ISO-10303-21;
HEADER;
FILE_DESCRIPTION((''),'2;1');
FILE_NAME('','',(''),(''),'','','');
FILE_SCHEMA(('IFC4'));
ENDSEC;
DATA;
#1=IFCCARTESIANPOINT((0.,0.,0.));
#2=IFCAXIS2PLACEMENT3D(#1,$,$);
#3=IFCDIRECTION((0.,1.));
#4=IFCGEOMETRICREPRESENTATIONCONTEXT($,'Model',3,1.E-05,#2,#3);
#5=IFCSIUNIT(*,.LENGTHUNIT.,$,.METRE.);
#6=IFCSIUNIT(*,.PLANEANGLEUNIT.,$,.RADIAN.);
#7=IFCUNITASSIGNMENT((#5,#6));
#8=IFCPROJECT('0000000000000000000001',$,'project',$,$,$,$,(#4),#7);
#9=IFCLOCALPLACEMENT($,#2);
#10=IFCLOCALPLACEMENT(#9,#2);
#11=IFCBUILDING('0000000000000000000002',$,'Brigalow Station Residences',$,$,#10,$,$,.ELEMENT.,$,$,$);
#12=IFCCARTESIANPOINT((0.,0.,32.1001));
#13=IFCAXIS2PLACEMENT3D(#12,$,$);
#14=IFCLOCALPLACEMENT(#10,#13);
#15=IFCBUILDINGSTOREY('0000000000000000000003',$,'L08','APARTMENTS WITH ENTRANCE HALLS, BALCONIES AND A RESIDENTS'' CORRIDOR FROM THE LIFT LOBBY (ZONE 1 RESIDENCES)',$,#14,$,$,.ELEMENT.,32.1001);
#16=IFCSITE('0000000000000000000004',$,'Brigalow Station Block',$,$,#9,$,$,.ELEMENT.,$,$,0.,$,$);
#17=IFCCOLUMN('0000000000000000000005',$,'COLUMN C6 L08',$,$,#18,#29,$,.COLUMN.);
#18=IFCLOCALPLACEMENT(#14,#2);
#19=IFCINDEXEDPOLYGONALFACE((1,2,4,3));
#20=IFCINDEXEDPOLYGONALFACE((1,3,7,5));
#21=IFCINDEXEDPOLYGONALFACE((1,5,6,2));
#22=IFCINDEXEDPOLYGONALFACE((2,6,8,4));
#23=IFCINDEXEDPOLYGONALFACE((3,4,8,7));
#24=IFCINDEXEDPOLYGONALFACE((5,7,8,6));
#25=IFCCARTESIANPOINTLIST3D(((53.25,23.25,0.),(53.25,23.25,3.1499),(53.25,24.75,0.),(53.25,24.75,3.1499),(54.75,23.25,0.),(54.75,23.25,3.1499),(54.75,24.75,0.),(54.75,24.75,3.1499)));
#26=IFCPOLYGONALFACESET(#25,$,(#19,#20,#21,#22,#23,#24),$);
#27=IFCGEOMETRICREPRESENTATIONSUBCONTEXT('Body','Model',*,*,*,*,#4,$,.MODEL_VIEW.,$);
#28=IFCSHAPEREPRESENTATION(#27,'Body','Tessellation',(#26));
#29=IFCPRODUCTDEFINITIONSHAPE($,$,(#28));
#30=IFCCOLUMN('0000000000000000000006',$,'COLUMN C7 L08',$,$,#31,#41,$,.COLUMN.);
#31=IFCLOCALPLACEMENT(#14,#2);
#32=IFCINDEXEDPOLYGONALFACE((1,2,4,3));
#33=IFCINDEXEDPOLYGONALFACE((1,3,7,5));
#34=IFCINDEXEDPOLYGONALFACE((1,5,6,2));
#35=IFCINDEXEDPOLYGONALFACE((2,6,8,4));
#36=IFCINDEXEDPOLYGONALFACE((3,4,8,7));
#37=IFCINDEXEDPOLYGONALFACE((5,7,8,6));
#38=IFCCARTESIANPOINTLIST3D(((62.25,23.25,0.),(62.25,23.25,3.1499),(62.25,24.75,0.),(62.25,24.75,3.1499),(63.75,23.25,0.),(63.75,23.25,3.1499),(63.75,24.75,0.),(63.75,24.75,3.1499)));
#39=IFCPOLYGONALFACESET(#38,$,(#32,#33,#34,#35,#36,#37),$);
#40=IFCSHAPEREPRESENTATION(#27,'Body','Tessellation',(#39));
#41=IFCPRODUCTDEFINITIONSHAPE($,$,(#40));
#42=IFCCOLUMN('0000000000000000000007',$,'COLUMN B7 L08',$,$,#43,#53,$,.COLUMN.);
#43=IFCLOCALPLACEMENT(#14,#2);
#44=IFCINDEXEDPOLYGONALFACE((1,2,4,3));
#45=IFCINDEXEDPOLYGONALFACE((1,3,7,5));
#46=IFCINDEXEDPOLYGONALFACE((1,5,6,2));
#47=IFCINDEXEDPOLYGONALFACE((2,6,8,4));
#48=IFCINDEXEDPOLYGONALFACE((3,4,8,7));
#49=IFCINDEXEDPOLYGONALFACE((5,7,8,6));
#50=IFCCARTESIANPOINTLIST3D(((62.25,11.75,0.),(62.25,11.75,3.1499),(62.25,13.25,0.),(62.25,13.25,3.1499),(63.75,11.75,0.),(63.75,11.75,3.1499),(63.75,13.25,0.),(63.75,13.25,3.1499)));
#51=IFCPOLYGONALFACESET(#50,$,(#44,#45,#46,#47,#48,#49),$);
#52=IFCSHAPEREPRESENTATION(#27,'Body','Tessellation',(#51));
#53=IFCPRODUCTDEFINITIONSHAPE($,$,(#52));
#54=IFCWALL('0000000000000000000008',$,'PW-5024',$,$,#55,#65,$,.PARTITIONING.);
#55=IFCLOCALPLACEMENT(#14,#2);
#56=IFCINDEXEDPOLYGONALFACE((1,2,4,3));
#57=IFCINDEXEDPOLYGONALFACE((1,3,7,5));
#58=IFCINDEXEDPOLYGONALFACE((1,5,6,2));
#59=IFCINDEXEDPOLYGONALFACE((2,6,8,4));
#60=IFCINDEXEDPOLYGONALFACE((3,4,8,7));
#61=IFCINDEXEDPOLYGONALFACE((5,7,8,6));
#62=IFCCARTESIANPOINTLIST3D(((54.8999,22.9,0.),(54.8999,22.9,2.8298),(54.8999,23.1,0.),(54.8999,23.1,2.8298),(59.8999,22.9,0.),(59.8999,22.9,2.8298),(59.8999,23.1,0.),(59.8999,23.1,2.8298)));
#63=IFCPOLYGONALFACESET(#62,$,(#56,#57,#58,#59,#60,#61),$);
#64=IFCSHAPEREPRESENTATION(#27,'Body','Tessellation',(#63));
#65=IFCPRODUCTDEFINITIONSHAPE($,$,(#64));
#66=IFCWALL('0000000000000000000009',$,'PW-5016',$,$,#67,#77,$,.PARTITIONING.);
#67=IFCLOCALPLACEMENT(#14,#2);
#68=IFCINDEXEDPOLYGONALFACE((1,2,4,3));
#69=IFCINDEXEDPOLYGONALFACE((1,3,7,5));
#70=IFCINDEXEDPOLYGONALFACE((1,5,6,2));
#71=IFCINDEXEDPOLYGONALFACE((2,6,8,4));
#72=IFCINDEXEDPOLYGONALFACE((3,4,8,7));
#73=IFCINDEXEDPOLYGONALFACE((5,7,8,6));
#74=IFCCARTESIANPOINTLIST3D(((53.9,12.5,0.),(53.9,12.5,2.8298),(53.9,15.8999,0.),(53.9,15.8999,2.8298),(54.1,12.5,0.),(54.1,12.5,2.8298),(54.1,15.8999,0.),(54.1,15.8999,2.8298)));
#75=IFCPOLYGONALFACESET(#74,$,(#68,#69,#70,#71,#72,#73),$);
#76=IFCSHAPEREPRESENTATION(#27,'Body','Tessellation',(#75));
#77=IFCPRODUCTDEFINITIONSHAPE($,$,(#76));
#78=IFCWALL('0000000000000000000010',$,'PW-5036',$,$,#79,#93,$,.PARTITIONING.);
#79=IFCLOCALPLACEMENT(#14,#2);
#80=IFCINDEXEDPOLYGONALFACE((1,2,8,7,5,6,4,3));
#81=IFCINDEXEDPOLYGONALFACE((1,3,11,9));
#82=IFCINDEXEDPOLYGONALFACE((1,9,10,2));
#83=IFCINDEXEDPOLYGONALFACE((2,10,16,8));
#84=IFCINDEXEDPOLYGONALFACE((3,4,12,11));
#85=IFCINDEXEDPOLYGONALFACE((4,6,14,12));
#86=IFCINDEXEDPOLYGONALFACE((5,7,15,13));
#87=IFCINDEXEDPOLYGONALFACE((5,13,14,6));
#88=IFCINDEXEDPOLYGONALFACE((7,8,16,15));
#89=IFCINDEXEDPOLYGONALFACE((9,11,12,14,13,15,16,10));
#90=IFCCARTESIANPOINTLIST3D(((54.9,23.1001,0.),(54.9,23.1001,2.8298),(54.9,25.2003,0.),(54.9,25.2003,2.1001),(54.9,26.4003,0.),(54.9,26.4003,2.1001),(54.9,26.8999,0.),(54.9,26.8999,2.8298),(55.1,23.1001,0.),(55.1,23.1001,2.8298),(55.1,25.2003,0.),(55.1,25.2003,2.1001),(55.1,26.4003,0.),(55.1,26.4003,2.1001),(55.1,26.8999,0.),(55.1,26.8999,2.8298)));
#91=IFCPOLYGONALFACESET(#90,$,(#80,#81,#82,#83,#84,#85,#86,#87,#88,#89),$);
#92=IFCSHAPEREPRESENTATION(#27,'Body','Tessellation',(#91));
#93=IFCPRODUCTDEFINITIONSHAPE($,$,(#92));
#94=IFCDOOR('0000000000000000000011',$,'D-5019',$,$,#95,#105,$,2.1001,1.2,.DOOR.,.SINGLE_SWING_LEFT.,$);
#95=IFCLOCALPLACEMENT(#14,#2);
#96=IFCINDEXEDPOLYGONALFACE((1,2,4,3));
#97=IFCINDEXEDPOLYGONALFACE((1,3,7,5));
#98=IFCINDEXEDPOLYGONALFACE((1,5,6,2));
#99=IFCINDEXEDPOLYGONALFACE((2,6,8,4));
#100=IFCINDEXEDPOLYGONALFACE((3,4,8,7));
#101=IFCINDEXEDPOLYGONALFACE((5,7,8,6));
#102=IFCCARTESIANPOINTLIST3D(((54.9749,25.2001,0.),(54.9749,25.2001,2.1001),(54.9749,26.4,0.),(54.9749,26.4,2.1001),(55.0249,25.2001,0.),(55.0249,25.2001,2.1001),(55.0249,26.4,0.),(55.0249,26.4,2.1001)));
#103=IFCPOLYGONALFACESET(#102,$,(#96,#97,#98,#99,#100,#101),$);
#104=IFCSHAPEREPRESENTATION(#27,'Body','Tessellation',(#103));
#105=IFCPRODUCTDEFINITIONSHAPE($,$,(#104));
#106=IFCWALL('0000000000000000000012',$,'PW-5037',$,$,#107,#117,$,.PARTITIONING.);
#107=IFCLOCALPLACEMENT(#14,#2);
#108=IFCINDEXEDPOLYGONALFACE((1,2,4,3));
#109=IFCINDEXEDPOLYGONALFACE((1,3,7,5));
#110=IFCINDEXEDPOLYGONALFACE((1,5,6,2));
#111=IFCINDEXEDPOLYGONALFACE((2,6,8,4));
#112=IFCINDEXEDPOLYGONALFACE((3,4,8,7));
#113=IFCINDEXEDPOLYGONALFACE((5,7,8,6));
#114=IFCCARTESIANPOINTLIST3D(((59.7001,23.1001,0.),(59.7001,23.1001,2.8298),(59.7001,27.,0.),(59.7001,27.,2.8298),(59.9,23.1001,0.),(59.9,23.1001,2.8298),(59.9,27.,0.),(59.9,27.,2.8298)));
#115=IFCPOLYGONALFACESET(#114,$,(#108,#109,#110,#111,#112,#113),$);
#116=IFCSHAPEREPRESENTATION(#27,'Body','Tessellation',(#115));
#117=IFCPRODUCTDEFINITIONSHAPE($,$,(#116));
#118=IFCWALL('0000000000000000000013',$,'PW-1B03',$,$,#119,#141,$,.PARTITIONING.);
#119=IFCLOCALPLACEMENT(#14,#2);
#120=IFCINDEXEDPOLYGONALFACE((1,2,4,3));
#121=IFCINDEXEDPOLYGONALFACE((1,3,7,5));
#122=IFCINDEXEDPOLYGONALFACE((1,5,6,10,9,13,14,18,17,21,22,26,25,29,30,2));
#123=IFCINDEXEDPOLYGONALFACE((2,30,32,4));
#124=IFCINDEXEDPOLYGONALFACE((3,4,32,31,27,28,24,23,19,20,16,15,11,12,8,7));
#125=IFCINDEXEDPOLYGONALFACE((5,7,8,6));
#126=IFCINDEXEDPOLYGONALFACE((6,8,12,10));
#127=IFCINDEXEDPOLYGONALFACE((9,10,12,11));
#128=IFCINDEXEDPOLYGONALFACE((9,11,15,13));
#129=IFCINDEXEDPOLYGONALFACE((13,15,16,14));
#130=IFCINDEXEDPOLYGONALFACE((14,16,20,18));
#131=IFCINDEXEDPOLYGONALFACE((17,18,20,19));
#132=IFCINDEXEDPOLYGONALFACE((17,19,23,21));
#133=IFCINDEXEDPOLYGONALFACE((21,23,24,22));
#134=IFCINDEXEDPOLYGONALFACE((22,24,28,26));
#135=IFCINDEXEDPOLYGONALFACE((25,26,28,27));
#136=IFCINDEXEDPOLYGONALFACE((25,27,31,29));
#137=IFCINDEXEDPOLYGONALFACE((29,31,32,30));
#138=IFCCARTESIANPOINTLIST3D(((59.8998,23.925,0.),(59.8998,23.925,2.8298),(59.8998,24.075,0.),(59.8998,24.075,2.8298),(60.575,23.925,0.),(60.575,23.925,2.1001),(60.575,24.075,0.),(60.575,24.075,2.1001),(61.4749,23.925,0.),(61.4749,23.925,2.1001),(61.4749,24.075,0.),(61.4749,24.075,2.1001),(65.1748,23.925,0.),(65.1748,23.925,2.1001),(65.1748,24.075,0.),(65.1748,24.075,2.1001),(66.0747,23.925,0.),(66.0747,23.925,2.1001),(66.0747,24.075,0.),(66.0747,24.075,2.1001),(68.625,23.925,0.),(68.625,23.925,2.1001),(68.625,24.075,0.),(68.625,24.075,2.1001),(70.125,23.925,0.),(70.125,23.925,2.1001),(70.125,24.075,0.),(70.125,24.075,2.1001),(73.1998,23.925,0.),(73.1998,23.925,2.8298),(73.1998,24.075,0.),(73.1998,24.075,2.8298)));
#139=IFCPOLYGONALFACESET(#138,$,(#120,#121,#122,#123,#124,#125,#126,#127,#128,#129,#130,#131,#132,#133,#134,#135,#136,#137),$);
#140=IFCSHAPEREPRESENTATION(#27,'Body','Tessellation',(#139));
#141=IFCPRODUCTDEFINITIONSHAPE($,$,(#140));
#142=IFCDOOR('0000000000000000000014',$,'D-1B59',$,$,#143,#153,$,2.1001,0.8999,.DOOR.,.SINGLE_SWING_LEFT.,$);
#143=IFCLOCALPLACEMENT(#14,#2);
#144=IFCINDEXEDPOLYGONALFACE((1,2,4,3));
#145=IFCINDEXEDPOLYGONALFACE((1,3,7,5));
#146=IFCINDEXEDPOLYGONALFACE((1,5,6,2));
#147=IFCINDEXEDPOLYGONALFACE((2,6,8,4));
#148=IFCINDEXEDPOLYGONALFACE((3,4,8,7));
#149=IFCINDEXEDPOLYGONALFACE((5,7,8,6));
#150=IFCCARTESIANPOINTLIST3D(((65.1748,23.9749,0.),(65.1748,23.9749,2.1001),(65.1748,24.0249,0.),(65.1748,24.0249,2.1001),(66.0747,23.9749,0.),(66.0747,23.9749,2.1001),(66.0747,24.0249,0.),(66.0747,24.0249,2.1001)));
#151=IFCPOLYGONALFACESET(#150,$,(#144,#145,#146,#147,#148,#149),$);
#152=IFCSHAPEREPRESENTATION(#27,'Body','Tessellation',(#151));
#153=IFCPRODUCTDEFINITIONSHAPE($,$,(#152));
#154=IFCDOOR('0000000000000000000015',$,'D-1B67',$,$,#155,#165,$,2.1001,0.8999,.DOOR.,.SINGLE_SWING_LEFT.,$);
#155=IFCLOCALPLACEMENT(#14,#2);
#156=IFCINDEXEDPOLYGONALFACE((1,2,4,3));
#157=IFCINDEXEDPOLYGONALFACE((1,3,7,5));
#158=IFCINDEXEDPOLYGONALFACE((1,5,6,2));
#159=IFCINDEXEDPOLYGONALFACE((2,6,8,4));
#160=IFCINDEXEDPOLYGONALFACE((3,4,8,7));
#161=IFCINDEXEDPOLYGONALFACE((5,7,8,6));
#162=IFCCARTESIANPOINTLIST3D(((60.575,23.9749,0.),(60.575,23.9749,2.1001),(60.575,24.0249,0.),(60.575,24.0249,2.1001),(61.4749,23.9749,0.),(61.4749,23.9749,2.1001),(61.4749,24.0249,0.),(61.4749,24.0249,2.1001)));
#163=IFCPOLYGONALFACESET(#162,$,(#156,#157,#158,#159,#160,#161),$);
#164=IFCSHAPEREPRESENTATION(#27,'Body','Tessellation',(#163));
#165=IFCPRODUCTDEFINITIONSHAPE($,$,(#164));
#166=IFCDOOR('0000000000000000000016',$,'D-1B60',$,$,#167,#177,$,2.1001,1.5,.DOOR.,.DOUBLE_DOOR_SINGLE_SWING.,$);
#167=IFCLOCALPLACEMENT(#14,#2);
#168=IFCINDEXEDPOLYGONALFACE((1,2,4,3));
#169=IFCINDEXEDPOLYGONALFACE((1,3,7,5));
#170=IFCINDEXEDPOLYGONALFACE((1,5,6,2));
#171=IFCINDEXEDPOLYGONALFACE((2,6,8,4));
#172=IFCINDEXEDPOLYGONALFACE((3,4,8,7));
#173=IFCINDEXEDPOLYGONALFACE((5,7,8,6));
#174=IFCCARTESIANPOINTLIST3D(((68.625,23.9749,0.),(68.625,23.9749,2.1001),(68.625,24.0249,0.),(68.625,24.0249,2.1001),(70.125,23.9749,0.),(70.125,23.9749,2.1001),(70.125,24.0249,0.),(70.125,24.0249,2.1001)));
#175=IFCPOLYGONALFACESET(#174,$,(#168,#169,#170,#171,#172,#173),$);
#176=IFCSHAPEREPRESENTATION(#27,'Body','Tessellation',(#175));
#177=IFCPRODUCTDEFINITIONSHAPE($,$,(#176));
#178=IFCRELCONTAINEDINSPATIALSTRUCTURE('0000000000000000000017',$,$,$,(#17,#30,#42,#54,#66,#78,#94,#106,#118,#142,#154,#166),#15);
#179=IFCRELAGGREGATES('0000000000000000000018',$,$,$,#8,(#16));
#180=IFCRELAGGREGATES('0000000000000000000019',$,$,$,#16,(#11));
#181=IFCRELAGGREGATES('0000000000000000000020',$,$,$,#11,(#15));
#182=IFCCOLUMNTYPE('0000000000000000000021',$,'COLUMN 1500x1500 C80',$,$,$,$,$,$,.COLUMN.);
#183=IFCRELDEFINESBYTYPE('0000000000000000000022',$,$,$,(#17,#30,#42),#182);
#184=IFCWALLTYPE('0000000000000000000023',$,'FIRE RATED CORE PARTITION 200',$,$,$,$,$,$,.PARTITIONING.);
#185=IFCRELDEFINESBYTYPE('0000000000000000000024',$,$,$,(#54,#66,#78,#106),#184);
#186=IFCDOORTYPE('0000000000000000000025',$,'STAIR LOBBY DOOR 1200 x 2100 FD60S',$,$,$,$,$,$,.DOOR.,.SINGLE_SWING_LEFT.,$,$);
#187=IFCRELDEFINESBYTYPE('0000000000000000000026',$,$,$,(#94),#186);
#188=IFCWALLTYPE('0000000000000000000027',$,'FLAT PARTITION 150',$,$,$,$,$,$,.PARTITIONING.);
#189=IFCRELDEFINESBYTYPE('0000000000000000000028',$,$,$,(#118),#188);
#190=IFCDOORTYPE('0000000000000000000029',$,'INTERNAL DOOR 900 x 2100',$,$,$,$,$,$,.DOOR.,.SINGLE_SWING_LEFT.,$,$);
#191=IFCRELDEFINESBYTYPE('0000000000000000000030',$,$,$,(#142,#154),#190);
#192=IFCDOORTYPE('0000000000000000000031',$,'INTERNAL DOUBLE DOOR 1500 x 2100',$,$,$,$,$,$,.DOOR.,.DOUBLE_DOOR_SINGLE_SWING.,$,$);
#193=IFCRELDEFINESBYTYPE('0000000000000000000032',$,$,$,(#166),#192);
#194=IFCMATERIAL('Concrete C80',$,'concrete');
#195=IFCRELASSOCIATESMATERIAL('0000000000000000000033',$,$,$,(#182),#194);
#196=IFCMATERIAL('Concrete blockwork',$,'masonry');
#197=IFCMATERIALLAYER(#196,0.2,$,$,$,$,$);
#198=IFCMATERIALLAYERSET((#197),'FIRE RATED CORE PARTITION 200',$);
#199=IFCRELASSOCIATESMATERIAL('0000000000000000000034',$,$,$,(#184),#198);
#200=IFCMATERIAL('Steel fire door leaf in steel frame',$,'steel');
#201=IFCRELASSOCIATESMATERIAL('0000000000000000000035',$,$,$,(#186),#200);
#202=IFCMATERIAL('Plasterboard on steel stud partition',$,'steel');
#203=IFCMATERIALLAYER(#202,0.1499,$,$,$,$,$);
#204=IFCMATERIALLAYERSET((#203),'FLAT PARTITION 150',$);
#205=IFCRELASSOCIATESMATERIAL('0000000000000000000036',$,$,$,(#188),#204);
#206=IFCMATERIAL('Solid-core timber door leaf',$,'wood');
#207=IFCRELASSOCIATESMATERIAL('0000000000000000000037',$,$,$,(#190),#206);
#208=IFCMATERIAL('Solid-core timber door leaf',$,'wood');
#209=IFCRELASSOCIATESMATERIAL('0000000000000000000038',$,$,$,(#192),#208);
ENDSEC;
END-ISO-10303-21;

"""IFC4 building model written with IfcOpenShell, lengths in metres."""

from ifc_helpers import new_model, si_unit, direction, frame, frame_2d, origin, origin_2d, place, context, subcontext, project, spatial, rectangle, extrude, material, layer, layer_set, material_profile, profile_set, type_object, element, fill, save


model = new_model("IFC4")

# Units and contexts
model_context = context("Model", 3, precision=1e-05, world=origin(), true_north=direction((0.0, 1.0)))
body_context = subcontext(model_context, "Body", "Model", "MODEL_VIEW")
ifc_project = project(units=[si_unit("LENGTHUNIT", "METRE"), si_unit("PLANEANGLEUNIT", "RADIAN")], contexts=[model_context])

# Site, building, storey
site_placement = place(None, origin())
site = spatial("IfcSite", under=ifc_project, at=site_placement, Name="Brigalow Station Block", CompositionType="ELEMENT", RefElevation=0.0)
building_placement = place(site_placement, origin())
building = spatial("IfcBuilding", under=site, at=building_placement, Name="Brigalow Station Residences", CompositionType="ELEMENT")
storey_placement = place(building_placement, frame((0.0, 0.0, 32.1001)))
storey = spatial("IfcBuildingStorey", under=building, at=storey_placement, Name="L08", Description="APARTMENTS WITH ENTRANCE HALLS, BALCONIES AND A RESIDENTS' CORRIDOR FROM THE LIFT LOBBY (ZONE 1 RESIDENCES)", CompositionType="ELEMENT", Elevation=32.1001)

# Columns
ifc_material_1 = material(Name="Concrete C80", Category="concrete")
ifc_material_profile = material_profile(ifc_material_1, rectangle(XDim=1.5, YDim=1.5, at=origin_2d()), Name="RC1500x1500")
ifc_profile_set = profile_set([ifc_material_profile], Name="Concrete C80")
column_type = type_object("IfcColumnType", Name="COLUMN 1500x1500 C80", PredefinedType="COLUMN", material=ifc_profile_set)
for number, where, z_axis, x_axis, name in (
    (1, (54.0, 24.0, 0.0), (0.0, 0.0, 1.0), (1.0, 0.0, 0.0), "COLUMN C6 L08"),
    (2, (63.0, 24.0, 0.0), (0.0, 0.0, 1.0), (1.0, 0.0, 0.0), "COLUMN C7 L08"),
    (3, (63.0, 12.5, 0.0), (0.0, 0.0, 1.0), (1.0, 0.0, 0.0), "COLUMN B7 L08"),
):
    element("IfcColumn", number, at=place(storey_placement, frame(where, z_axis=z_axis, x_axis=x_axis)), inside=storey, type_object=column_type, Name=name, PredefinedType="COLUMN", context=body_context, shape_type="SweptSolid", body=[
        extrude(rectangle(XDim=1.5, YDim=1.5, at=origin_2d()), origin(), (0.0, 0.0, 1.0), 3.1499),
    ])

# Walls
ifc_material_2 = material(Name="Concrete blockwork", Category="masonry")
ifc_layer_1 = layer(ifc_material_2, 0.2)
ifc_layer_set_1 = layer_set([ifc_layer_1], Name="FIRE RATED CORE PARTITION 200")
wall_type_1 = type_object("IfcWallType", Name="FIRE RATED CORE PARTITION 200", PredefinedType="PARTITIONING", material=ifc_layer_set_1)
wall_1_placement = place(storey_placement, frame((54.8999, 23.0, 0.0), z_axis=(0.0, 0.0, 1.0), x_axis=(1.0, 0.0, 0.0)))
element("IfcWall", 4, at=wall_1_placement, inside=storey, type_object=wall_type_1, Name="PW-5024", PredefinedType="PARTITIONING", context=body_context, shape_type="SweptSolid", body=[
    extrude(rectangle(XDim=5.0, YDim=0.2, at=frame_2d((2.5, 0.0))), origin(), (0.0, 0.0, 1.0), 2.8298),
])
wall_2_placement = place(storey_placement, frame((54.0, 12.5, 0.0), z_axis=(0.0, 0.0, 1.0), x_axis=(0.0, 1.0, 0.0)))
element("IfcWall", 5, at=wall_2_placement, inside=storey, type_object=wall_type_1, Name="PW-5016", PredefinedType="PARTITIONING", context=body_context, shape_type="SweptSolid", body=[
    extrude(rectangle(XDim=3.3999, YDim=0.2, at=frame_2d((1.7, 0.0))), origin(), (0.0, 0.0, 1.0), 2.8298),
])

# Wall, opening, door
wall_3_placement = place(storey_placement, frame((55.0, 23.1001, 0.0), z_axis=(0.0, 0.0, 1.0), x_axis=(0.0, 1.0, 0.0)))
wall_3 = element("IfcWall", 6, at=wall_3_placement, inside=storey, type_object=wall_type_1, Name="PW-5036", PredefinedType="PARTITIONING", context=body_context, shape_type="SweptSolid", body=[
    extrude(rectangle(XDim=3.7998, YDim=0.2, at=frame_2d((1.8999, 0.0))), origin(), (0.0, 0.0, 1.0), 2.8298),
])
opening_1_placement = place(wall_3_placement, frame((2.1001, 0.0, 0.0)))
opening_1 = element("IfcOpeningElement", 7, at=opening_1_placement, cuts=wall_3, PredefinedType="OPENING", context=body_context, shape_type="SweptSolid", body=[
    extrude(rectangle(XDim=1.2, YDim=2.1001, at=frame_2d((0.6001, 1.05))), frame((0.0, 0.1099, 0.0), z_axis=(0.0, -1.0, 0.0), x_axis=(1.0, 0.0, 0.0)), (0.0, 0.0, 1.0), 0.22),
])
ifc_material_3 = material(Name="Steel fire door leaf in steel frame", Category="steel")
door_type_1 = type_object("IfcDoorType", Name="STAIR LOBBY DOOR 1200 x 2100 FD60S", OperationType="SINGLE_SWING_LEFT", PredefinedType="DOOR", material=ifc_material_3)
door_1_placement = place(opening_1_placement, frame((1.2, 0.0, 0.0), z_axis=(0.0, 0.0, 1.0), x_axis=(-1.0, 0.0, 0.0)))
door_1 = element("IfcDoor", 8, at=door_1_placement, inside=storey, type_object=door_type_1, Name="D-5019", OperationType="SINGLE_SWING_LEFT", OverallHeight=2.1001, OverallWidth=1.2, PredefinedType="DOOR", context=body_context, shape_type="SweptSolid", body=[
    extrude(rectangle(XDim=1.2, YDim=2.1001, at=frame_2d((0.6001, 1.05))), frame((0.0, 0.0249, 0.0), z_axis=(0.0, -1.0, 0.0), x_axis=(1.0, 0.0, 0.0)), (0.0, 0.0, 1.0), 0.05),
])
fill(opening_1, door_1)

# Wall
wall_4_placement = place(storey_placement, frame((59.8, 23.1001, 0.0), z_axis=(0.0, 0.0, 1.0), x_axis=(0.0, 1.0, 0.0)))
element("IfcWall", 9, at=wall_4_placement, inside=storey, type_object=wall_type_1, Name="PW-5037", PredefinedType="PARTITIONING", context=body_context, shape_type="SweptSolid", body=[
    extrude(rectangle(XDim=3.8999, YDim=0.2, at=frame_2d((1.95, 0.0))), origin(), (0.0, 0.0, 1.0), 2.8298),
])

# Wall, openings, doors
ifc_material_4 = material(Name="Plasterboard on steel stud partition", Category="steel")
ifc_layer_2 = layer(ifc_material_4, 0.1499)
ifc_layer_set_2 = layer_set([ifc_layer_2], Name="FLAT PARTITION 150")
wall_type_2 = type_object("IfcWallType", Name="FLAT PARTITION 150", PredefinedType="PARTITIONING", material=ifc_layer_set_2)
wall_5_placement = place(storey_placement, frame((59.8999, 24.0, 0.0), z_axis=(0.0, 0.0, 1.0), x_axis=(1.0, 0.0, 0.0)))
wall_5 = element("IfcWall", 10, at=wall_5_placement, inside=storey, type_object=wall_type_2, Name="PW-1B03", PredefinedType="PARTITIONING", context=body_context, shape_type="SweptSolid", body=[
    extrude(rectangle(XDim=13.3, YDim=0.1499, at=frame_2d((6.6499, 0.0))), origin(), (0.0, 0.0, 1.0), 2.8298),
])
opening_2_placement = place(wall_5_placement, frame((5.2749, 0.0, 0.0)))
opening_2 = element("IfcOpeningElement", 11, at=opening_2_placement, cuts=wall_5, PredefinedType="OPENING", context=body_context, shape_type="SweptSolid", body=[
    extrude(rectangle(XDim=0.8999, YDim=2.1001, at=frame_2d((0.45, 1.05))), frame((0.0, 0.085, 0.0), z_axis=(0.0, -1.0, 0.0), x_axis=(1.0, 0.0, 0.0)), (0.0, 0.0, 1.0), 0.1699),
])
opening_3_placement = place(wall_5_placement, frame((8.7251, 0.0, 0.0)))
opening_3 = element("IfcOpeningElement", 12, at=opening_3_placement, cuts=wall_5, PredefinedType="OPENING", context=body_context, shape_type="SweptSolid", body=[
    extrude(rectangle(XDim=1.5, YDim=2.1001, at=frame_2d((0.75, 1.05))), frame((0.0, 0.085, 0.0), z_axis=(0.0, -1.0, 0.0), x_axis=(1.0, 0.0, 0.0)), (0.0, 0.0, 1.0), 0.1699),
])
opening_4_placement = place(wall_5_placement, frame((0.675, 0.0, 0.0)))
opening_4 = element("IfcOpeningElement", 13, at=opening_4_placement, cuts=wall_5, PredefinedType="OPENING", context=body_context, shape_type="SweptSolid", body=[
    extrude(rectangle(XDim=0.8999, YDim=2.1001, at=frame_2d((0.45, 1.05))), frame((0.0, 0.085, 0.0), z_axis=(0.0, -1.0, 0.0), x_axis=(1.0, 0.0, 0.0)), (0.0, 0.0, 1.0), 0.1699),
])
ifc_material_5 = material(Name="Solid-core timber door leaf", Category="wood")
door_type_2 = type_object("IfcDoorType", Name="INTERNAL DOOR 900 x 2100", OperationType="SINGLE_SWING_LEFT", PredefinedType="DOOR", material=ifc_material_5)
door_2_placement = place(opening_2_placement, origin())
door_2 = element("IfcDoor", 14, at=door_2_placement, inside=storey, type_object=door_type_2, Name="D-1B59", OperationType="SINGLE_SWING_LEFT", OverallHeight=2.1001, OverallWidth=0.8999, PredefinedType="DOOR", context=body_context, shape_type="SweptSolid", body=[
    extrude(rectangle(XDim=0.8999, YDim=2.1001, at=frame_2d((0.45, 1.05))), frame((0.0, 0.0249, 0.0), z_axis=(0.0, -1.0, 0.0), x_axis=(1.0, 0.0, 0.0)), (0.0, 0.0, 1.0), 0.05),
])
fill(opening_2, door_2)
door_3_placement = place(opening_4_placement, origin())
door_3 = element("IfcDoor", 15, at=door_3_placement, inside=storey, type_object=door_type_2, Name="D-1B67", OperationType="SINGLE_SWING_LEFT", OverallHeight=2.1001, OverallWidth=0.8999, PredefinedType="DOOR", context=body_context, shape_type="SweptSolid", body=[
    extrude(rectangle(XDim=0.8999, YDim=2.1001, at=frame_2d((0.45, 1.05))), frame((0.0, 0.0249, 0.0), z_axis=(0.0, -1.0, 0.0), x_axis=(1.0, 0.0, 0.0)), (0.0, 0.0, 1.0), 0.05),
])
fill(opening_4, door_3)
ifc_material_6 = material(Name="Solid-core timber door leaf", Category="wood")
door_type_3 = type_object("IfcDoorType", Name="INTERNAL DOUBLE DOOR 1500 x 2100", OperationType="DOUBLE_DOOR_SINGLE_SWING", PredefinedType="DOOR", material=ifc_material_6)
door_4_placement = place(opening_3_placement, origin())
door_4 = element("IfcDoor", 16, at=door_4_placement, inside=storey, type_object=door_type_3, Name="D-1B60", OperationType="DOUBLE_DOOR_SINGLE_SWING", OverallHeight=2.1001, OverallWidth=1.5, PredefinedType="DOOR", context=body_context, shape_type="SweptSolid", body=[
    extrude(rectangle(XDim=1.5, YDim=2.1001, at=frame_2d((0.75, 1.05))), frame((0.0, 0.0249, 0.0), z_axis=(0.0, -1.0, 0.0), x_axis=(1.0, 0.0, 0.0)), (0.0, 0.0, 1.0), 0.05),
])
fill(opening_3, door_4)

save(model, "model.ifc")
